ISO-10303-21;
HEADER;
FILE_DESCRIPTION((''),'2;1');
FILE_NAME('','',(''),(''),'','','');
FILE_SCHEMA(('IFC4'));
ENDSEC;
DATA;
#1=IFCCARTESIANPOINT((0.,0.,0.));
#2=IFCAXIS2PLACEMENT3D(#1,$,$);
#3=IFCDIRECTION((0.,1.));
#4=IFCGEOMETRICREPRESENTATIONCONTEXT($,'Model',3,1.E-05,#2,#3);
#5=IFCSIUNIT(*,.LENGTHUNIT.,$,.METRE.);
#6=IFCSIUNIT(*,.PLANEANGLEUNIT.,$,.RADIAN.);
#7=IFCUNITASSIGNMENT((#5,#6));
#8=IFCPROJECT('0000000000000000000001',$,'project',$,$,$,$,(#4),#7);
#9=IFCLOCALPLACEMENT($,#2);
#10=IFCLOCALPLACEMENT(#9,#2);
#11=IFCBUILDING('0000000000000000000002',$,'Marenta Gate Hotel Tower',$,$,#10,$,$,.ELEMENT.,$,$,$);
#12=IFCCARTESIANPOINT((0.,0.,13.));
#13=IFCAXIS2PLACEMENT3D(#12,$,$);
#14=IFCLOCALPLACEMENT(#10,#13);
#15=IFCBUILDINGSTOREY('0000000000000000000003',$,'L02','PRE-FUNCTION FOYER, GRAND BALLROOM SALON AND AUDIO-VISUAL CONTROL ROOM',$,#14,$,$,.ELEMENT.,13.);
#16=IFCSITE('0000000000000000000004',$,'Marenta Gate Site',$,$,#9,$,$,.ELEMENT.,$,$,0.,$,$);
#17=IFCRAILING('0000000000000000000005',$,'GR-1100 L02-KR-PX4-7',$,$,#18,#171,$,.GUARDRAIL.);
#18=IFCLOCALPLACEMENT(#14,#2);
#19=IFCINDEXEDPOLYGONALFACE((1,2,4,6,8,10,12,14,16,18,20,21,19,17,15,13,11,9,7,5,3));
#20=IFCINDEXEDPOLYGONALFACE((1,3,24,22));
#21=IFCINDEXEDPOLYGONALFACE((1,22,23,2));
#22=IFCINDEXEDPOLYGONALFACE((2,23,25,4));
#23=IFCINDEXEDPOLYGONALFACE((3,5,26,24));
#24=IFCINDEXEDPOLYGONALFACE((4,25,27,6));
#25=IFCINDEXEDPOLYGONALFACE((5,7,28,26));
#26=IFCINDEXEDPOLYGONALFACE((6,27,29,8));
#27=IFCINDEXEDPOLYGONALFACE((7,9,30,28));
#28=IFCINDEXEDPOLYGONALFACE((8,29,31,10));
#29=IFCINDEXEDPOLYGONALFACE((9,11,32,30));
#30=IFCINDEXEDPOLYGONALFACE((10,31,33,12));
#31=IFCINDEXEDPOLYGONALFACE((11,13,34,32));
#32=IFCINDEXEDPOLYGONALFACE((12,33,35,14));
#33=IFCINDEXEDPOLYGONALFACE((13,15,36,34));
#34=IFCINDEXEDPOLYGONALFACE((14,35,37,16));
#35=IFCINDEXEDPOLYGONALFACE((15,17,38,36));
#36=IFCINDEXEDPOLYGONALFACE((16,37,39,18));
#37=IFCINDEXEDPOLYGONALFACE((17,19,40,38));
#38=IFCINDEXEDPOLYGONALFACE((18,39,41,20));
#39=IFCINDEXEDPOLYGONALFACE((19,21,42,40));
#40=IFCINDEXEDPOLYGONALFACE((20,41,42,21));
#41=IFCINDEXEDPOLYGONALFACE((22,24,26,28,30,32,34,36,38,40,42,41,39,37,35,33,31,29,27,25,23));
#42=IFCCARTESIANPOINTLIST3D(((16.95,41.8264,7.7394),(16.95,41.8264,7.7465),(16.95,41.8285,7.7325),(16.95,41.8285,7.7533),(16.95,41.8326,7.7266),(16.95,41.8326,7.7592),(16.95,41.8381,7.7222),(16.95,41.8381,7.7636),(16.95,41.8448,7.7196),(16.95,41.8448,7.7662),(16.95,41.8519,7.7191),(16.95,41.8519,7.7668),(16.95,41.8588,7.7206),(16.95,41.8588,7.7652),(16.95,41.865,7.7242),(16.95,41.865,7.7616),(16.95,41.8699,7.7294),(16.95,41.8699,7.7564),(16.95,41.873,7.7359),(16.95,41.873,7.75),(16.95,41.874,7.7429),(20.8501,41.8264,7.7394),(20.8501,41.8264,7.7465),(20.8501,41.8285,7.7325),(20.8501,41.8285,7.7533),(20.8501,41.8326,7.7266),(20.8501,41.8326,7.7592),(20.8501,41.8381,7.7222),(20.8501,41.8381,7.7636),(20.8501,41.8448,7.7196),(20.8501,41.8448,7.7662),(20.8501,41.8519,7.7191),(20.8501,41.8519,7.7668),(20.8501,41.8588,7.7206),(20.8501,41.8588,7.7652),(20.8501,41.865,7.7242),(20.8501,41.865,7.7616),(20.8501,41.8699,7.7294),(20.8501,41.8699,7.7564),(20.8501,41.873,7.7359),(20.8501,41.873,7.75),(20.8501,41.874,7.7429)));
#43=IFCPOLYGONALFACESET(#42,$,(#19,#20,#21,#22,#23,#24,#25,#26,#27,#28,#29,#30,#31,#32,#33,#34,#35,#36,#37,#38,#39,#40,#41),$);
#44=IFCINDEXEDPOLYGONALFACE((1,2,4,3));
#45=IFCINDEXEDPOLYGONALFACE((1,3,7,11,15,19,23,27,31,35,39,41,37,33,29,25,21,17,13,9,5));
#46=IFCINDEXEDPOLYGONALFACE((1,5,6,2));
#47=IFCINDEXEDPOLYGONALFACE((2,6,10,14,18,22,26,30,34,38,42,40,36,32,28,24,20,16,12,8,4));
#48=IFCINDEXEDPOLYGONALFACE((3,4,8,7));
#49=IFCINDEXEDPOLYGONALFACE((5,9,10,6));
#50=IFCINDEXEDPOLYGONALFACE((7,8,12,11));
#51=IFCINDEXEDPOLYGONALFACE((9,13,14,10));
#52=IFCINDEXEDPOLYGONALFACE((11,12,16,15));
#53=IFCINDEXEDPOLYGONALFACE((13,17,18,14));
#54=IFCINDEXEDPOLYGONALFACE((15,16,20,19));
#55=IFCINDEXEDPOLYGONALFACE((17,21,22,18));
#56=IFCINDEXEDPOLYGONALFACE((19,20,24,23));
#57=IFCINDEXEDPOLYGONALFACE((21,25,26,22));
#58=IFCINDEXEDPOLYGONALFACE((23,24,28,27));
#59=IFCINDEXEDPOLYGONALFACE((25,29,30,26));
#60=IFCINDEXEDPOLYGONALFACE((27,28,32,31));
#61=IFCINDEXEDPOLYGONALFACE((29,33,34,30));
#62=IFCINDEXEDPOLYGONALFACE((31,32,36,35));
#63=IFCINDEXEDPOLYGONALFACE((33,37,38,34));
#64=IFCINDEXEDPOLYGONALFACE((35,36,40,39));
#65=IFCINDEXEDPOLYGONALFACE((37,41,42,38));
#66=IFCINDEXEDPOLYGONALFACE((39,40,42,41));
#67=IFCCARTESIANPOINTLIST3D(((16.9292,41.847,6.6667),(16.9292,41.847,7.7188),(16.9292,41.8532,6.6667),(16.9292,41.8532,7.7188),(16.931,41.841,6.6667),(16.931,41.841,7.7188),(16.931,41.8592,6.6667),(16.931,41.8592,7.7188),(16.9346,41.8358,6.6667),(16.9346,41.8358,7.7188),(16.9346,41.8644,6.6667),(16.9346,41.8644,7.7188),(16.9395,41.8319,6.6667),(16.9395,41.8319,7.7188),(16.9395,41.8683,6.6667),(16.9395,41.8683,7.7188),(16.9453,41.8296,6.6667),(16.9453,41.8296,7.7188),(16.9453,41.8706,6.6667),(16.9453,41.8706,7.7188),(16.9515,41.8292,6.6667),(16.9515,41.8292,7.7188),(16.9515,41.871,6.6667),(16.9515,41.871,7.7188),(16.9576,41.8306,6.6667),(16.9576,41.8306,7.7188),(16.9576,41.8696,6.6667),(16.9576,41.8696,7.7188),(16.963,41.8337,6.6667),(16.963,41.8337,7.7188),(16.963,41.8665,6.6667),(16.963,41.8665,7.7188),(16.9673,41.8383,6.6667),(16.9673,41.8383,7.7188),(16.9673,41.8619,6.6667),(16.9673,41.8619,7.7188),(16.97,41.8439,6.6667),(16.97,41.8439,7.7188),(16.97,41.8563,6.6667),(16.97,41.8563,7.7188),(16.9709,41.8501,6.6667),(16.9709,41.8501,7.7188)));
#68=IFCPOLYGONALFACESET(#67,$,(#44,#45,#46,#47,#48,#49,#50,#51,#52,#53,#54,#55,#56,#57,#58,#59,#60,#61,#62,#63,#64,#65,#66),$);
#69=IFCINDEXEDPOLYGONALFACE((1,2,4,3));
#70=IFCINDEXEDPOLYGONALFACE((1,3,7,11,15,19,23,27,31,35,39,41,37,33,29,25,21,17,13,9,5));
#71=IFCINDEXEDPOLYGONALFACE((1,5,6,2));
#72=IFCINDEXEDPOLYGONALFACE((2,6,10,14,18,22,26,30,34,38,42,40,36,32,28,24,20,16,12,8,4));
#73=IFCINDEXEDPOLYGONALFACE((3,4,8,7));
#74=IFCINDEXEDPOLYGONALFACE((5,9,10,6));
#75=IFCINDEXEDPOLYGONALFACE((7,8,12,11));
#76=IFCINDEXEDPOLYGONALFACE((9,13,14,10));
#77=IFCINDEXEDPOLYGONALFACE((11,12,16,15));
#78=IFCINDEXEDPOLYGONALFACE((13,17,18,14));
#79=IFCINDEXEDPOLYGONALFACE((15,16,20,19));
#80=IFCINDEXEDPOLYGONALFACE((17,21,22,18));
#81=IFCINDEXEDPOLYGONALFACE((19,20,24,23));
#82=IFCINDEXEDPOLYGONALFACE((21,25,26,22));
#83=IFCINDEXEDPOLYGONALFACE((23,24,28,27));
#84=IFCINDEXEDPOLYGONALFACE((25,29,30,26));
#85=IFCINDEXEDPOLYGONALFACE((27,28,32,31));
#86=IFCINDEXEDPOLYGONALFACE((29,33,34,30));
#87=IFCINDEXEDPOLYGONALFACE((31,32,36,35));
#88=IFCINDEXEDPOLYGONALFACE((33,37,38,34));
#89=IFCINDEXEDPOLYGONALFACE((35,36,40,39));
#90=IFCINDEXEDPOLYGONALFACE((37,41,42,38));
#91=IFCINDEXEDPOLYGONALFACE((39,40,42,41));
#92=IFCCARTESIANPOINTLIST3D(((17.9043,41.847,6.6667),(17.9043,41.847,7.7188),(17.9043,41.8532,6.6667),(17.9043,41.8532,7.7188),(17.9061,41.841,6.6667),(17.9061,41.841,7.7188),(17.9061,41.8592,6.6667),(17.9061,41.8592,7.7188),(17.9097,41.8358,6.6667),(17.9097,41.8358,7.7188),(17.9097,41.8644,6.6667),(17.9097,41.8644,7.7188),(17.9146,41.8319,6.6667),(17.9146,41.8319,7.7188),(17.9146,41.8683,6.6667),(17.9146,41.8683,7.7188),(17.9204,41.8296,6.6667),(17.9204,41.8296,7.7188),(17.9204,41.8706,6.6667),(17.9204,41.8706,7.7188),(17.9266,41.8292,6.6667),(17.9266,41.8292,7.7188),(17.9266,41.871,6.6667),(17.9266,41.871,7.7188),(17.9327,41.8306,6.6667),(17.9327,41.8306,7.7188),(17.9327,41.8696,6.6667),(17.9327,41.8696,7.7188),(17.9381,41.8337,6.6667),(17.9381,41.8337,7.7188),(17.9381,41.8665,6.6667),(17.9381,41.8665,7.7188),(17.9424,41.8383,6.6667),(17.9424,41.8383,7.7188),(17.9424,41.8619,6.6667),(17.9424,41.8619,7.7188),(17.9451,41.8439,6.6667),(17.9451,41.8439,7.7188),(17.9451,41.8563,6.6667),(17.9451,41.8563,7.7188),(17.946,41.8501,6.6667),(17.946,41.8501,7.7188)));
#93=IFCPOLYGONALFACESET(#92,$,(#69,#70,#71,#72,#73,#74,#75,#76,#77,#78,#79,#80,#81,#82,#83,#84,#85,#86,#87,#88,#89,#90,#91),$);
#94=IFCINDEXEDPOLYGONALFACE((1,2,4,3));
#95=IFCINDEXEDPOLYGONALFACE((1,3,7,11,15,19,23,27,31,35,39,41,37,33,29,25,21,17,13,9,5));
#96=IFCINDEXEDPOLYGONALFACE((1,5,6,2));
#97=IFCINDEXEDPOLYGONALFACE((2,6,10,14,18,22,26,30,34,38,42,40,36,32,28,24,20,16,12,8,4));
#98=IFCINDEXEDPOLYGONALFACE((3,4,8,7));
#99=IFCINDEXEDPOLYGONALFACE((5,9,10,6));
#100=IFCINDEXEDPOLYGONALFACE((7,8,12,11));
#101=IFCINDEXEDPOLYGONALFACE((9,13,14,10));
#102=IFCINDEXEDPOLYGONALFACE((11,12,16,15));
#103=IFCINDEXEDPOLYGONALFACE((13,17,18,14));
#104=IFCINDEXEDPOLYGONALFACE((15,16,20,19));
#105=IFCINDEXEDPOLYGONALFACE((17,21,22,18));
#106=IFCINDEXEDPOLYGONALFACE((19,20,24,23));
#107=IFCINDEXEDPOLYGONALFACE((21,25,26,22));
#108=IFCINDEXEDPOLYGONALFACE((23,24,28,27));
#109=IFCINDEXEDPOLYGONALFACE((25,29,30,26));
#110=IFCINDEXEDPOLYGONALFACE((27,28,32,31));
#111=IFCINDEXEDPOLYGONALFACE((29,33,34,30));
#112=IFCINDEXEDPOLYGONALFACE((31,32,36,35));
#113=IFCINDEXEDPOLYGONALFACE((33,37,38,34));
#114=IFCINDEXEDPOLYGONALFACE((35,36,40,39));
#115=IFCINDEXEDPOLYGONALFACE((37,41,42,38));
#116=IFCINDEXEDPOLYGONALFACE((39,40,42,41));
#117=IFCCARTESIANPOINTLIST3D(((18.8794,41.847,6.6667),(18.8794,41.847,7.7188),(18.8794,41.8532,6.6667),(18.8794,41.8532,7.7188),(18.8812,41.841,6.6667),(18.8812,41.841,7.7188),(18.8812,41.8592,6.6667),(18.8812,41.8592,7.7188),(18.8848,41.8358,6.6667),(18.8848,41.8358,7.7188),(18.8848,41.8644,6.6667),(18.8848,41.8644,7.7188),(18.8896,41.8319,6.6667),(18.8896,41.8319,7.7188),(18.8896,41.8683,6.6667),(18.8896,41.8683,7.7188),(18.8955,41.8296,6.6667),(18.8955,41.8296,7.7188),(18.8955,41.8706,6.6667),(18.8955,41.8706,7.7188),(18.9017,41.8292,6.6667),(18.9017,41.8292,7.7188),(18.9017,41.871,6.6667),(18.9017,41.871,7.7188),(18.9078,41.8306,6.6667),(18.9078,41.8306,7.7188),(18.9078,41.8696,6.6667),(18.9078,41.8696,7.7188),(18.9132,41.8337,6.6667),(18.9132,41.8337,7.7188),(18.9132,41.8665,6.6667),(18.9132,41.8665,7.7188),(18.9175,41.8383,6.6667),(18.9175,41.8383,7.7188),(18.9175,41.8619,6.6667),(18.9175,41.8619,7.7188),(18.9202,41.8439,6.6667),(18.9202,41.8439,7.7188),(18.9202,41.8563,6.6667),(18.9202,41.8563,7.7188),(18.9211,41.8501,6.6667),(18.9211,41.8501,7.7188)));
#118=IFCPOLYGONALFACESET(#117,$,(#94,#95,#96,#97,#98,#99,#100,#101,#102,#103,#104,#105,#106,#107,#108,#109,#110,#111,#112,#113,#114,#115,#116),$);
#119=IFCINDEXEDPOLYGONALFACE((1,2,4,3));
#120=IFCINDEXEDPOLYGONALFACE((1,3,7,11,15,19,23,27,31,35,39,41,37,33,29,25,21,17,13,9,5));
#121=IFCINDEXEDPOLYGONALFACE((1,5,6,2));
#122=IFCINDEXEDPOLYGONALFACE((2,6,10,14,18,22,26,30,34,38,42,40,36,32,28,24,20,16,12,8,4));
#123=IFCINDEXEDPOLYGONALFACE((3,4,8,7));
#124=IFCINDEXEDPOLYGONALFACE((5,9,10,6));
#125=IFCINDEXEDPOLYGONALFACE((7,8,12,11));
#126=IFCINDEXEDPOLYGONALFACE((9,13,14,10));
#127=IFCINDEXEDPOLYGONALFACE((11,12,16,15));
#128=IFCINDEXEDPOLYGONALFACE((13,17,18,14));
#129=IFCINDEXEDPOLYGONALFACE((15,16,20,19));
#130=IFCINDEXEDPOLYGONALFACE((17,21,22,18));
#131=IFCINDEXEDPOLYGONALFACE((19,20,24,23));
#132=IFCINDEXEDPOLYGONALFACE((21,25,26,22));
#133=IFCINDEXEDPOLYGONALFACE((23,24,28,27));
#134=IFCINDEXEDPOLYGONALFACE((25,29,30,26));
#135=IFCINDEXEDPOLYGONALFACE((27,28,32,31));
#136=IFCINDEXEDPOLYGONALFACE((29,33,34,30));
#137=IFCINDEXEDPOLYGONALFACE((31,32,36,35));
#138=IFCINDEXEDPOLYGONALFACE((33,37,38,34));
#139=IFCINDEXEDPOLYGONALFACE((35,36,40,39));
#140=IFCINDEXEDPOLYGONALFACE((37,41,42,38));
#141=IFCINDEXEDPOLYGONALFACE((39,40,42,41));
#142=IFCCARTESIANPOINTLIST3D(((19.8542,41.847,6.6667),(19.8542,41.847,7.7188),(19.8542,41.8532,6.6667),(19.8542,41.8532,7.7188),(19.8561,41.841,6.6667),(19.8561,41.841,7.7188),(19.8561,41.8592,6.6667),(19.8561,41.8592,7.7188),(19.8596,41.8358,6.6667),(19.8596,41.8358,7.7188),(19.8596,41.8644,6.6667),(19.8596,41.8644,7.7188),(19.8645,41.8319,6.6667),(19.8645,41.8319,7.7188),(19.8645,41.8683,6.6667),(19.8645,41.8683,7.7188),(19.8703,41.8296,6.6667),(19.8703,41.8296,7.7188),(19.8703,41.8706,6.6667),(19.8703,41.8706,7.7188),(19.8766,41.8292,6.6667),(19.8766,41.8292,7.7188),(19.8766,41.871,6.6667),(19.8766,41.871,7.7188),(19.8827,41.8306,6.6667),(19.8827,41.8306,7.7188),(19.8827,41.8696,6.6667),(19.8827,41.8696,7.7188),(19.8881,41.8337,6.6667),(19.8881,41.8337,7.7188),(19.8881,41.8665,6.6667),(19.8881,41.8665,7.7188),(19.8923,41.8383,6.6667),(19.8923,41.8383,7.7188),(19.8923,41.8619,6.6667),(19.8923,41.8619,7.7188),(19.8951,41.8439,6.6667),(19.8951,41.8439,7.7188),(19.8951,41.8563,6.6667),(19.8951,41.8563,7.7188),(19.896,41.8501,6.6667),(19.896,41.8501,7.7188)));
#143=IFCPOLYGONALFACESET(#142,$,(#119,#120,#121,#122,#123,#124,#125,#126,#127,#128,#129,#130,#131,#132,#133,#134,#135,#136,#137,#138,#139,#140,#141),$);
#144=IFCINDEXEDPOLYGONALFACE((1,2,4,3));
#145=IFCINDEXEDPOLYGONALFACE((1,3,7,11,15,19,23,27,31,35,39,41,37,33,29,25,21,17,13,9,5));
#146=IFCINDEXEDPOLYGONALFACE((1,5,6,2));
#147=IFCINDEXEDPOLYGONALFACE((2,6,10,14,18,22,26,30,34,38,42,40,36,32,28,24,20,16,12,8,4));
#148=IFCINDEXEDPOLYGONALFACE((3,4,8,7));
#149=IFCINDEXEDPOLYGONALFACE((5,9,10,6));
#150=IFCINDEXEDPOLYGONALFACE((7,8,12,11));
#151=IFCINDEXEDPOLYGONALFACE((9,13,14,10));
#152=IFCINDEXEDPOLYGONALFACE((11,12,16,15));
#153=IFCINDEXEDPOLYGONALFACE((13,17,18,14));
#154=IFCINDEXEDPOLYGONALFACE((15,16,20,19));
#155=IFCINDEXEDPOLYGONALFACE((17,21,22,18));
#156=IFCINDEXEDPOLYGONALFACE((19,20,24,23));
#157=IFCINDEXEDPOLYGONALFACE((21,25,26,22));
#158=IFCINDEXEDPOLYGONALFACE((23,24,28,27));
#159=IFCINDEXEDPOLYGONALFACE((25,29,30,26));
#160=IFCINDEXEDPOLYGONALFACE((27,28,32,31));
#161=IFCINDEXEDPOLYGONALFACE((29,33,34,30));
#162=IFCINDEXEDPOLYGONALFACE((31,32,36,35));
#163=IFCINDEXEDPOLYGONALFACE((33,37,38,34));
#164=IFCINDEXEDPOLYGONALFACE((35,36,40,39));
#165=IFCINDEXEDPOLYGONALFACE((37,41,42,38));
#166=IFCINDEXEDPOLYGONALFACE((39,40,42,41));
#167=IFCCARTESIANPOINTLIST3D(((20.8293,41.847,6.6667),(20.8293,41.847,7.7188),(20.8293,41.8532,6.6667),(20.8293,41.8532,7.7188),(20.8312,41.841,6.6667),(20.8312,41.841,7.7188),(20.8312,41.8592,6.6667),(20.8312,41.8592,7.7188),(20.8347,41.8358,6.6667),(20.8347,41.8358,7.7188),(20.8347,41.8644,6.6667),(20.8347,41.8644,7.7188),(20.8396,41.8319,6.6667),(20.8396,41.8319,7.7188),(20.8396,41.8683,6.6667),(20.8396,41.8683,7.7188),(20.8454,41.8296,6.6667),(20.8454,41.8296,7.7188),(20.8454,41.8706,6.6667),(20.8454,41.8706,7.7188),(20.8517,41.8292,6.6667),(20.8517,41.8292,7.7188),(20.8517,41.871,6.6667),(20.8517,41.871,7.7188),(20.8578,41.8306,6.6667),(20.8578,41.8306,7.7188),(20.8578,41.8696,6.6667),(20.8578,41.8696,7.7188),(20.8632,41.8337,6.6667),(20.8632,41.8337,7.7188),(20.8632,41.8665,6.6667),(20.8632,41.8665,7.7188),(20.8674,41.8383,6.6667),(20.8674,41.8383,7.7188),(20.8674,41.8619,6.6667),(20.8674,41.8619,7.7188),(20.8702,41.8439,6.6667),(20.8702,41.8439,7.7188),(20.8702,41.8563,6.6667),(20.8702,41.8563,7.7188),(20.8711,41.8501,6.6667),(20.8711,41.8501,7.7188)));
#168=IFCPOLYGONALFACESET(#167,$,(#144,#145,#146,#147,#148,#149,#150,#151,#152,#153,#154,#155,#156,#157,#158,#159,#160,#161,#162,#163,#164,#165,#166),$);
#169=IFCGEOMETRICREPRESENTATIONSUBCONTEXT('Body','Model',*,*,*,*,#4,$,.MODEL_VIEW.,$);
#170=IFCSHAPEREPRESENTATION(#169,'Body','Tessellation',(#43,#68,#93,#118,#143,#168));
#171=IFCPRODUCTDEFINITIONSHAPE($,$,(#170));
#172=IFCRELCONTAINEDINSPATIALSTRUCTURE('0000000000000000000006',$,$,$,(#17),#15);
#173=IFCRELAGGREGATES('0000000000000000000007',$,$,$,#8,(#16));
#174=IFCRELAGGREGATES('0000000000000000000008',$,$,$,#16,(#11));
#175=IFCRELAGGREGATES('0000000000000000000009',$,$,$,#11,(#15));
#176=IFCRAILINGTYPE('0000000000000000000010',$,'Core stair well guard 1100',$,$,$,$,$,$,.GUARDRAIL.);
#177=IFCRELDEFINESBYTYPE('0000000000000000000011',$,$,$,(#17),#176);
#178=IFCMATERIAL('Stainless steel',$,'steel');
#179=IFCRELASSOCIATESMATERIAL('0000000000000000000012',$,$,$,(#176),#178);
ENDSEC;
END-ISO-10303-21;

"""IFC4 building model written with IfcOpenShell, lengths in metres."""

from ifc_helpers import new_model, si_unit, direction, frame, origin, origin_2d, place, context, subcontext, project, spatial, circle, extrude, material, type_object, element, save


model = new_model("IFC4")

# Units and contexts
model_context = context("Model", 3, precision=1e-05, world=origin(), true_north=direction((0.0, 1.0)))
body_context = subcontext(model_context, "Body", "Model", "MODEL_VIEW")
ifc_project = project(units=[si_unit("LENGTHUNIT", "METRE"), si_unit("PLANEANGLEUNIT", "RADIAN")], contexts=[model_context])

# Site, building, storey
site_placement = place(None, origin())
site = spatial("IfcSite", under=ifc_project, at=site_placement, Name="Marenta Gate Site", CompositionType="ELEMENT", RefElevation=0.0)
building_placement = place(site_placement, origin())
building = spatial("IfcBuilding", under=site, at=building_placement, Name="Marenta Gate Hotel Tower", CompositionType="ELEMENT")
storey_placement = place(building_placement, frame((0.0, 0.0, 13.0)))
storey = spatial("IfcBuildingStorey", under=building, at=storey_placement, Name="L02", Description="PRE-FUNCTION FOYER, GRAND BALLROOM SALON AND AUDIO-VISUAL CONTROL ROOM", CompositionType="ELEMENT", Elevation=13.0)

# Railing
ifc_material_1 = material(Name="Stainless steel", Category="steel")
railing_type_1 = type_object("IfcRailingType", Name="Core stair well guard 1100", PredefinedType="GUARDRAIL", material=ifc_material_1)
railing_1_placement = place(storey_placement, frame((16.95, 41.8501, 6.6667)))
element("IfcRailing", 1, at=railing_1_placement, inside=storey, type_object=railing_type_1, Name="GR-1100 L02-KR-PX4-7", PredefinedType="GUARDRAIL", context=body_context, shape_type="SweptSolid", body=[
    extrude(circle(Radius=0.0239, at=origin_2d()), frame((0.0, 0.0, 1.0762), z_axis=(1.0, 0.0, 0.0), x_axis=(0.0, 1.0, 0.0)), (0.0, 0.0, 1.0), 3.9001),
    extrude(circle(Radius=0.021, at=origin_2d()), origin(), (0.0, 0.0, 1.0), 1.052),
    extrude(circle(Radius=0.021, at=origin_2d()), frame((0.9751, 0.0, 0.0)), (0.0, 0.0, 1.0), 1.052),
    extrude(circle(Radius=0.021, at=origin_2d()), frame((1.9502, 0.0, 0.0)), (0.0, 0.0, 1.0), 1.052),
    extrude(circle(Radius=0.021, at=origin_2d()), frame((2.925, 0.0, 0.0)), (0.0, 0.0, 1.0), 1.052),
    extrude(circle(Radius=0.021, at=origin_2d()), frame((3.9001, 0.0, 0.0)), (0.0, 0.0, 1.0), 1.052),
])

save(model, "model.ifc")
